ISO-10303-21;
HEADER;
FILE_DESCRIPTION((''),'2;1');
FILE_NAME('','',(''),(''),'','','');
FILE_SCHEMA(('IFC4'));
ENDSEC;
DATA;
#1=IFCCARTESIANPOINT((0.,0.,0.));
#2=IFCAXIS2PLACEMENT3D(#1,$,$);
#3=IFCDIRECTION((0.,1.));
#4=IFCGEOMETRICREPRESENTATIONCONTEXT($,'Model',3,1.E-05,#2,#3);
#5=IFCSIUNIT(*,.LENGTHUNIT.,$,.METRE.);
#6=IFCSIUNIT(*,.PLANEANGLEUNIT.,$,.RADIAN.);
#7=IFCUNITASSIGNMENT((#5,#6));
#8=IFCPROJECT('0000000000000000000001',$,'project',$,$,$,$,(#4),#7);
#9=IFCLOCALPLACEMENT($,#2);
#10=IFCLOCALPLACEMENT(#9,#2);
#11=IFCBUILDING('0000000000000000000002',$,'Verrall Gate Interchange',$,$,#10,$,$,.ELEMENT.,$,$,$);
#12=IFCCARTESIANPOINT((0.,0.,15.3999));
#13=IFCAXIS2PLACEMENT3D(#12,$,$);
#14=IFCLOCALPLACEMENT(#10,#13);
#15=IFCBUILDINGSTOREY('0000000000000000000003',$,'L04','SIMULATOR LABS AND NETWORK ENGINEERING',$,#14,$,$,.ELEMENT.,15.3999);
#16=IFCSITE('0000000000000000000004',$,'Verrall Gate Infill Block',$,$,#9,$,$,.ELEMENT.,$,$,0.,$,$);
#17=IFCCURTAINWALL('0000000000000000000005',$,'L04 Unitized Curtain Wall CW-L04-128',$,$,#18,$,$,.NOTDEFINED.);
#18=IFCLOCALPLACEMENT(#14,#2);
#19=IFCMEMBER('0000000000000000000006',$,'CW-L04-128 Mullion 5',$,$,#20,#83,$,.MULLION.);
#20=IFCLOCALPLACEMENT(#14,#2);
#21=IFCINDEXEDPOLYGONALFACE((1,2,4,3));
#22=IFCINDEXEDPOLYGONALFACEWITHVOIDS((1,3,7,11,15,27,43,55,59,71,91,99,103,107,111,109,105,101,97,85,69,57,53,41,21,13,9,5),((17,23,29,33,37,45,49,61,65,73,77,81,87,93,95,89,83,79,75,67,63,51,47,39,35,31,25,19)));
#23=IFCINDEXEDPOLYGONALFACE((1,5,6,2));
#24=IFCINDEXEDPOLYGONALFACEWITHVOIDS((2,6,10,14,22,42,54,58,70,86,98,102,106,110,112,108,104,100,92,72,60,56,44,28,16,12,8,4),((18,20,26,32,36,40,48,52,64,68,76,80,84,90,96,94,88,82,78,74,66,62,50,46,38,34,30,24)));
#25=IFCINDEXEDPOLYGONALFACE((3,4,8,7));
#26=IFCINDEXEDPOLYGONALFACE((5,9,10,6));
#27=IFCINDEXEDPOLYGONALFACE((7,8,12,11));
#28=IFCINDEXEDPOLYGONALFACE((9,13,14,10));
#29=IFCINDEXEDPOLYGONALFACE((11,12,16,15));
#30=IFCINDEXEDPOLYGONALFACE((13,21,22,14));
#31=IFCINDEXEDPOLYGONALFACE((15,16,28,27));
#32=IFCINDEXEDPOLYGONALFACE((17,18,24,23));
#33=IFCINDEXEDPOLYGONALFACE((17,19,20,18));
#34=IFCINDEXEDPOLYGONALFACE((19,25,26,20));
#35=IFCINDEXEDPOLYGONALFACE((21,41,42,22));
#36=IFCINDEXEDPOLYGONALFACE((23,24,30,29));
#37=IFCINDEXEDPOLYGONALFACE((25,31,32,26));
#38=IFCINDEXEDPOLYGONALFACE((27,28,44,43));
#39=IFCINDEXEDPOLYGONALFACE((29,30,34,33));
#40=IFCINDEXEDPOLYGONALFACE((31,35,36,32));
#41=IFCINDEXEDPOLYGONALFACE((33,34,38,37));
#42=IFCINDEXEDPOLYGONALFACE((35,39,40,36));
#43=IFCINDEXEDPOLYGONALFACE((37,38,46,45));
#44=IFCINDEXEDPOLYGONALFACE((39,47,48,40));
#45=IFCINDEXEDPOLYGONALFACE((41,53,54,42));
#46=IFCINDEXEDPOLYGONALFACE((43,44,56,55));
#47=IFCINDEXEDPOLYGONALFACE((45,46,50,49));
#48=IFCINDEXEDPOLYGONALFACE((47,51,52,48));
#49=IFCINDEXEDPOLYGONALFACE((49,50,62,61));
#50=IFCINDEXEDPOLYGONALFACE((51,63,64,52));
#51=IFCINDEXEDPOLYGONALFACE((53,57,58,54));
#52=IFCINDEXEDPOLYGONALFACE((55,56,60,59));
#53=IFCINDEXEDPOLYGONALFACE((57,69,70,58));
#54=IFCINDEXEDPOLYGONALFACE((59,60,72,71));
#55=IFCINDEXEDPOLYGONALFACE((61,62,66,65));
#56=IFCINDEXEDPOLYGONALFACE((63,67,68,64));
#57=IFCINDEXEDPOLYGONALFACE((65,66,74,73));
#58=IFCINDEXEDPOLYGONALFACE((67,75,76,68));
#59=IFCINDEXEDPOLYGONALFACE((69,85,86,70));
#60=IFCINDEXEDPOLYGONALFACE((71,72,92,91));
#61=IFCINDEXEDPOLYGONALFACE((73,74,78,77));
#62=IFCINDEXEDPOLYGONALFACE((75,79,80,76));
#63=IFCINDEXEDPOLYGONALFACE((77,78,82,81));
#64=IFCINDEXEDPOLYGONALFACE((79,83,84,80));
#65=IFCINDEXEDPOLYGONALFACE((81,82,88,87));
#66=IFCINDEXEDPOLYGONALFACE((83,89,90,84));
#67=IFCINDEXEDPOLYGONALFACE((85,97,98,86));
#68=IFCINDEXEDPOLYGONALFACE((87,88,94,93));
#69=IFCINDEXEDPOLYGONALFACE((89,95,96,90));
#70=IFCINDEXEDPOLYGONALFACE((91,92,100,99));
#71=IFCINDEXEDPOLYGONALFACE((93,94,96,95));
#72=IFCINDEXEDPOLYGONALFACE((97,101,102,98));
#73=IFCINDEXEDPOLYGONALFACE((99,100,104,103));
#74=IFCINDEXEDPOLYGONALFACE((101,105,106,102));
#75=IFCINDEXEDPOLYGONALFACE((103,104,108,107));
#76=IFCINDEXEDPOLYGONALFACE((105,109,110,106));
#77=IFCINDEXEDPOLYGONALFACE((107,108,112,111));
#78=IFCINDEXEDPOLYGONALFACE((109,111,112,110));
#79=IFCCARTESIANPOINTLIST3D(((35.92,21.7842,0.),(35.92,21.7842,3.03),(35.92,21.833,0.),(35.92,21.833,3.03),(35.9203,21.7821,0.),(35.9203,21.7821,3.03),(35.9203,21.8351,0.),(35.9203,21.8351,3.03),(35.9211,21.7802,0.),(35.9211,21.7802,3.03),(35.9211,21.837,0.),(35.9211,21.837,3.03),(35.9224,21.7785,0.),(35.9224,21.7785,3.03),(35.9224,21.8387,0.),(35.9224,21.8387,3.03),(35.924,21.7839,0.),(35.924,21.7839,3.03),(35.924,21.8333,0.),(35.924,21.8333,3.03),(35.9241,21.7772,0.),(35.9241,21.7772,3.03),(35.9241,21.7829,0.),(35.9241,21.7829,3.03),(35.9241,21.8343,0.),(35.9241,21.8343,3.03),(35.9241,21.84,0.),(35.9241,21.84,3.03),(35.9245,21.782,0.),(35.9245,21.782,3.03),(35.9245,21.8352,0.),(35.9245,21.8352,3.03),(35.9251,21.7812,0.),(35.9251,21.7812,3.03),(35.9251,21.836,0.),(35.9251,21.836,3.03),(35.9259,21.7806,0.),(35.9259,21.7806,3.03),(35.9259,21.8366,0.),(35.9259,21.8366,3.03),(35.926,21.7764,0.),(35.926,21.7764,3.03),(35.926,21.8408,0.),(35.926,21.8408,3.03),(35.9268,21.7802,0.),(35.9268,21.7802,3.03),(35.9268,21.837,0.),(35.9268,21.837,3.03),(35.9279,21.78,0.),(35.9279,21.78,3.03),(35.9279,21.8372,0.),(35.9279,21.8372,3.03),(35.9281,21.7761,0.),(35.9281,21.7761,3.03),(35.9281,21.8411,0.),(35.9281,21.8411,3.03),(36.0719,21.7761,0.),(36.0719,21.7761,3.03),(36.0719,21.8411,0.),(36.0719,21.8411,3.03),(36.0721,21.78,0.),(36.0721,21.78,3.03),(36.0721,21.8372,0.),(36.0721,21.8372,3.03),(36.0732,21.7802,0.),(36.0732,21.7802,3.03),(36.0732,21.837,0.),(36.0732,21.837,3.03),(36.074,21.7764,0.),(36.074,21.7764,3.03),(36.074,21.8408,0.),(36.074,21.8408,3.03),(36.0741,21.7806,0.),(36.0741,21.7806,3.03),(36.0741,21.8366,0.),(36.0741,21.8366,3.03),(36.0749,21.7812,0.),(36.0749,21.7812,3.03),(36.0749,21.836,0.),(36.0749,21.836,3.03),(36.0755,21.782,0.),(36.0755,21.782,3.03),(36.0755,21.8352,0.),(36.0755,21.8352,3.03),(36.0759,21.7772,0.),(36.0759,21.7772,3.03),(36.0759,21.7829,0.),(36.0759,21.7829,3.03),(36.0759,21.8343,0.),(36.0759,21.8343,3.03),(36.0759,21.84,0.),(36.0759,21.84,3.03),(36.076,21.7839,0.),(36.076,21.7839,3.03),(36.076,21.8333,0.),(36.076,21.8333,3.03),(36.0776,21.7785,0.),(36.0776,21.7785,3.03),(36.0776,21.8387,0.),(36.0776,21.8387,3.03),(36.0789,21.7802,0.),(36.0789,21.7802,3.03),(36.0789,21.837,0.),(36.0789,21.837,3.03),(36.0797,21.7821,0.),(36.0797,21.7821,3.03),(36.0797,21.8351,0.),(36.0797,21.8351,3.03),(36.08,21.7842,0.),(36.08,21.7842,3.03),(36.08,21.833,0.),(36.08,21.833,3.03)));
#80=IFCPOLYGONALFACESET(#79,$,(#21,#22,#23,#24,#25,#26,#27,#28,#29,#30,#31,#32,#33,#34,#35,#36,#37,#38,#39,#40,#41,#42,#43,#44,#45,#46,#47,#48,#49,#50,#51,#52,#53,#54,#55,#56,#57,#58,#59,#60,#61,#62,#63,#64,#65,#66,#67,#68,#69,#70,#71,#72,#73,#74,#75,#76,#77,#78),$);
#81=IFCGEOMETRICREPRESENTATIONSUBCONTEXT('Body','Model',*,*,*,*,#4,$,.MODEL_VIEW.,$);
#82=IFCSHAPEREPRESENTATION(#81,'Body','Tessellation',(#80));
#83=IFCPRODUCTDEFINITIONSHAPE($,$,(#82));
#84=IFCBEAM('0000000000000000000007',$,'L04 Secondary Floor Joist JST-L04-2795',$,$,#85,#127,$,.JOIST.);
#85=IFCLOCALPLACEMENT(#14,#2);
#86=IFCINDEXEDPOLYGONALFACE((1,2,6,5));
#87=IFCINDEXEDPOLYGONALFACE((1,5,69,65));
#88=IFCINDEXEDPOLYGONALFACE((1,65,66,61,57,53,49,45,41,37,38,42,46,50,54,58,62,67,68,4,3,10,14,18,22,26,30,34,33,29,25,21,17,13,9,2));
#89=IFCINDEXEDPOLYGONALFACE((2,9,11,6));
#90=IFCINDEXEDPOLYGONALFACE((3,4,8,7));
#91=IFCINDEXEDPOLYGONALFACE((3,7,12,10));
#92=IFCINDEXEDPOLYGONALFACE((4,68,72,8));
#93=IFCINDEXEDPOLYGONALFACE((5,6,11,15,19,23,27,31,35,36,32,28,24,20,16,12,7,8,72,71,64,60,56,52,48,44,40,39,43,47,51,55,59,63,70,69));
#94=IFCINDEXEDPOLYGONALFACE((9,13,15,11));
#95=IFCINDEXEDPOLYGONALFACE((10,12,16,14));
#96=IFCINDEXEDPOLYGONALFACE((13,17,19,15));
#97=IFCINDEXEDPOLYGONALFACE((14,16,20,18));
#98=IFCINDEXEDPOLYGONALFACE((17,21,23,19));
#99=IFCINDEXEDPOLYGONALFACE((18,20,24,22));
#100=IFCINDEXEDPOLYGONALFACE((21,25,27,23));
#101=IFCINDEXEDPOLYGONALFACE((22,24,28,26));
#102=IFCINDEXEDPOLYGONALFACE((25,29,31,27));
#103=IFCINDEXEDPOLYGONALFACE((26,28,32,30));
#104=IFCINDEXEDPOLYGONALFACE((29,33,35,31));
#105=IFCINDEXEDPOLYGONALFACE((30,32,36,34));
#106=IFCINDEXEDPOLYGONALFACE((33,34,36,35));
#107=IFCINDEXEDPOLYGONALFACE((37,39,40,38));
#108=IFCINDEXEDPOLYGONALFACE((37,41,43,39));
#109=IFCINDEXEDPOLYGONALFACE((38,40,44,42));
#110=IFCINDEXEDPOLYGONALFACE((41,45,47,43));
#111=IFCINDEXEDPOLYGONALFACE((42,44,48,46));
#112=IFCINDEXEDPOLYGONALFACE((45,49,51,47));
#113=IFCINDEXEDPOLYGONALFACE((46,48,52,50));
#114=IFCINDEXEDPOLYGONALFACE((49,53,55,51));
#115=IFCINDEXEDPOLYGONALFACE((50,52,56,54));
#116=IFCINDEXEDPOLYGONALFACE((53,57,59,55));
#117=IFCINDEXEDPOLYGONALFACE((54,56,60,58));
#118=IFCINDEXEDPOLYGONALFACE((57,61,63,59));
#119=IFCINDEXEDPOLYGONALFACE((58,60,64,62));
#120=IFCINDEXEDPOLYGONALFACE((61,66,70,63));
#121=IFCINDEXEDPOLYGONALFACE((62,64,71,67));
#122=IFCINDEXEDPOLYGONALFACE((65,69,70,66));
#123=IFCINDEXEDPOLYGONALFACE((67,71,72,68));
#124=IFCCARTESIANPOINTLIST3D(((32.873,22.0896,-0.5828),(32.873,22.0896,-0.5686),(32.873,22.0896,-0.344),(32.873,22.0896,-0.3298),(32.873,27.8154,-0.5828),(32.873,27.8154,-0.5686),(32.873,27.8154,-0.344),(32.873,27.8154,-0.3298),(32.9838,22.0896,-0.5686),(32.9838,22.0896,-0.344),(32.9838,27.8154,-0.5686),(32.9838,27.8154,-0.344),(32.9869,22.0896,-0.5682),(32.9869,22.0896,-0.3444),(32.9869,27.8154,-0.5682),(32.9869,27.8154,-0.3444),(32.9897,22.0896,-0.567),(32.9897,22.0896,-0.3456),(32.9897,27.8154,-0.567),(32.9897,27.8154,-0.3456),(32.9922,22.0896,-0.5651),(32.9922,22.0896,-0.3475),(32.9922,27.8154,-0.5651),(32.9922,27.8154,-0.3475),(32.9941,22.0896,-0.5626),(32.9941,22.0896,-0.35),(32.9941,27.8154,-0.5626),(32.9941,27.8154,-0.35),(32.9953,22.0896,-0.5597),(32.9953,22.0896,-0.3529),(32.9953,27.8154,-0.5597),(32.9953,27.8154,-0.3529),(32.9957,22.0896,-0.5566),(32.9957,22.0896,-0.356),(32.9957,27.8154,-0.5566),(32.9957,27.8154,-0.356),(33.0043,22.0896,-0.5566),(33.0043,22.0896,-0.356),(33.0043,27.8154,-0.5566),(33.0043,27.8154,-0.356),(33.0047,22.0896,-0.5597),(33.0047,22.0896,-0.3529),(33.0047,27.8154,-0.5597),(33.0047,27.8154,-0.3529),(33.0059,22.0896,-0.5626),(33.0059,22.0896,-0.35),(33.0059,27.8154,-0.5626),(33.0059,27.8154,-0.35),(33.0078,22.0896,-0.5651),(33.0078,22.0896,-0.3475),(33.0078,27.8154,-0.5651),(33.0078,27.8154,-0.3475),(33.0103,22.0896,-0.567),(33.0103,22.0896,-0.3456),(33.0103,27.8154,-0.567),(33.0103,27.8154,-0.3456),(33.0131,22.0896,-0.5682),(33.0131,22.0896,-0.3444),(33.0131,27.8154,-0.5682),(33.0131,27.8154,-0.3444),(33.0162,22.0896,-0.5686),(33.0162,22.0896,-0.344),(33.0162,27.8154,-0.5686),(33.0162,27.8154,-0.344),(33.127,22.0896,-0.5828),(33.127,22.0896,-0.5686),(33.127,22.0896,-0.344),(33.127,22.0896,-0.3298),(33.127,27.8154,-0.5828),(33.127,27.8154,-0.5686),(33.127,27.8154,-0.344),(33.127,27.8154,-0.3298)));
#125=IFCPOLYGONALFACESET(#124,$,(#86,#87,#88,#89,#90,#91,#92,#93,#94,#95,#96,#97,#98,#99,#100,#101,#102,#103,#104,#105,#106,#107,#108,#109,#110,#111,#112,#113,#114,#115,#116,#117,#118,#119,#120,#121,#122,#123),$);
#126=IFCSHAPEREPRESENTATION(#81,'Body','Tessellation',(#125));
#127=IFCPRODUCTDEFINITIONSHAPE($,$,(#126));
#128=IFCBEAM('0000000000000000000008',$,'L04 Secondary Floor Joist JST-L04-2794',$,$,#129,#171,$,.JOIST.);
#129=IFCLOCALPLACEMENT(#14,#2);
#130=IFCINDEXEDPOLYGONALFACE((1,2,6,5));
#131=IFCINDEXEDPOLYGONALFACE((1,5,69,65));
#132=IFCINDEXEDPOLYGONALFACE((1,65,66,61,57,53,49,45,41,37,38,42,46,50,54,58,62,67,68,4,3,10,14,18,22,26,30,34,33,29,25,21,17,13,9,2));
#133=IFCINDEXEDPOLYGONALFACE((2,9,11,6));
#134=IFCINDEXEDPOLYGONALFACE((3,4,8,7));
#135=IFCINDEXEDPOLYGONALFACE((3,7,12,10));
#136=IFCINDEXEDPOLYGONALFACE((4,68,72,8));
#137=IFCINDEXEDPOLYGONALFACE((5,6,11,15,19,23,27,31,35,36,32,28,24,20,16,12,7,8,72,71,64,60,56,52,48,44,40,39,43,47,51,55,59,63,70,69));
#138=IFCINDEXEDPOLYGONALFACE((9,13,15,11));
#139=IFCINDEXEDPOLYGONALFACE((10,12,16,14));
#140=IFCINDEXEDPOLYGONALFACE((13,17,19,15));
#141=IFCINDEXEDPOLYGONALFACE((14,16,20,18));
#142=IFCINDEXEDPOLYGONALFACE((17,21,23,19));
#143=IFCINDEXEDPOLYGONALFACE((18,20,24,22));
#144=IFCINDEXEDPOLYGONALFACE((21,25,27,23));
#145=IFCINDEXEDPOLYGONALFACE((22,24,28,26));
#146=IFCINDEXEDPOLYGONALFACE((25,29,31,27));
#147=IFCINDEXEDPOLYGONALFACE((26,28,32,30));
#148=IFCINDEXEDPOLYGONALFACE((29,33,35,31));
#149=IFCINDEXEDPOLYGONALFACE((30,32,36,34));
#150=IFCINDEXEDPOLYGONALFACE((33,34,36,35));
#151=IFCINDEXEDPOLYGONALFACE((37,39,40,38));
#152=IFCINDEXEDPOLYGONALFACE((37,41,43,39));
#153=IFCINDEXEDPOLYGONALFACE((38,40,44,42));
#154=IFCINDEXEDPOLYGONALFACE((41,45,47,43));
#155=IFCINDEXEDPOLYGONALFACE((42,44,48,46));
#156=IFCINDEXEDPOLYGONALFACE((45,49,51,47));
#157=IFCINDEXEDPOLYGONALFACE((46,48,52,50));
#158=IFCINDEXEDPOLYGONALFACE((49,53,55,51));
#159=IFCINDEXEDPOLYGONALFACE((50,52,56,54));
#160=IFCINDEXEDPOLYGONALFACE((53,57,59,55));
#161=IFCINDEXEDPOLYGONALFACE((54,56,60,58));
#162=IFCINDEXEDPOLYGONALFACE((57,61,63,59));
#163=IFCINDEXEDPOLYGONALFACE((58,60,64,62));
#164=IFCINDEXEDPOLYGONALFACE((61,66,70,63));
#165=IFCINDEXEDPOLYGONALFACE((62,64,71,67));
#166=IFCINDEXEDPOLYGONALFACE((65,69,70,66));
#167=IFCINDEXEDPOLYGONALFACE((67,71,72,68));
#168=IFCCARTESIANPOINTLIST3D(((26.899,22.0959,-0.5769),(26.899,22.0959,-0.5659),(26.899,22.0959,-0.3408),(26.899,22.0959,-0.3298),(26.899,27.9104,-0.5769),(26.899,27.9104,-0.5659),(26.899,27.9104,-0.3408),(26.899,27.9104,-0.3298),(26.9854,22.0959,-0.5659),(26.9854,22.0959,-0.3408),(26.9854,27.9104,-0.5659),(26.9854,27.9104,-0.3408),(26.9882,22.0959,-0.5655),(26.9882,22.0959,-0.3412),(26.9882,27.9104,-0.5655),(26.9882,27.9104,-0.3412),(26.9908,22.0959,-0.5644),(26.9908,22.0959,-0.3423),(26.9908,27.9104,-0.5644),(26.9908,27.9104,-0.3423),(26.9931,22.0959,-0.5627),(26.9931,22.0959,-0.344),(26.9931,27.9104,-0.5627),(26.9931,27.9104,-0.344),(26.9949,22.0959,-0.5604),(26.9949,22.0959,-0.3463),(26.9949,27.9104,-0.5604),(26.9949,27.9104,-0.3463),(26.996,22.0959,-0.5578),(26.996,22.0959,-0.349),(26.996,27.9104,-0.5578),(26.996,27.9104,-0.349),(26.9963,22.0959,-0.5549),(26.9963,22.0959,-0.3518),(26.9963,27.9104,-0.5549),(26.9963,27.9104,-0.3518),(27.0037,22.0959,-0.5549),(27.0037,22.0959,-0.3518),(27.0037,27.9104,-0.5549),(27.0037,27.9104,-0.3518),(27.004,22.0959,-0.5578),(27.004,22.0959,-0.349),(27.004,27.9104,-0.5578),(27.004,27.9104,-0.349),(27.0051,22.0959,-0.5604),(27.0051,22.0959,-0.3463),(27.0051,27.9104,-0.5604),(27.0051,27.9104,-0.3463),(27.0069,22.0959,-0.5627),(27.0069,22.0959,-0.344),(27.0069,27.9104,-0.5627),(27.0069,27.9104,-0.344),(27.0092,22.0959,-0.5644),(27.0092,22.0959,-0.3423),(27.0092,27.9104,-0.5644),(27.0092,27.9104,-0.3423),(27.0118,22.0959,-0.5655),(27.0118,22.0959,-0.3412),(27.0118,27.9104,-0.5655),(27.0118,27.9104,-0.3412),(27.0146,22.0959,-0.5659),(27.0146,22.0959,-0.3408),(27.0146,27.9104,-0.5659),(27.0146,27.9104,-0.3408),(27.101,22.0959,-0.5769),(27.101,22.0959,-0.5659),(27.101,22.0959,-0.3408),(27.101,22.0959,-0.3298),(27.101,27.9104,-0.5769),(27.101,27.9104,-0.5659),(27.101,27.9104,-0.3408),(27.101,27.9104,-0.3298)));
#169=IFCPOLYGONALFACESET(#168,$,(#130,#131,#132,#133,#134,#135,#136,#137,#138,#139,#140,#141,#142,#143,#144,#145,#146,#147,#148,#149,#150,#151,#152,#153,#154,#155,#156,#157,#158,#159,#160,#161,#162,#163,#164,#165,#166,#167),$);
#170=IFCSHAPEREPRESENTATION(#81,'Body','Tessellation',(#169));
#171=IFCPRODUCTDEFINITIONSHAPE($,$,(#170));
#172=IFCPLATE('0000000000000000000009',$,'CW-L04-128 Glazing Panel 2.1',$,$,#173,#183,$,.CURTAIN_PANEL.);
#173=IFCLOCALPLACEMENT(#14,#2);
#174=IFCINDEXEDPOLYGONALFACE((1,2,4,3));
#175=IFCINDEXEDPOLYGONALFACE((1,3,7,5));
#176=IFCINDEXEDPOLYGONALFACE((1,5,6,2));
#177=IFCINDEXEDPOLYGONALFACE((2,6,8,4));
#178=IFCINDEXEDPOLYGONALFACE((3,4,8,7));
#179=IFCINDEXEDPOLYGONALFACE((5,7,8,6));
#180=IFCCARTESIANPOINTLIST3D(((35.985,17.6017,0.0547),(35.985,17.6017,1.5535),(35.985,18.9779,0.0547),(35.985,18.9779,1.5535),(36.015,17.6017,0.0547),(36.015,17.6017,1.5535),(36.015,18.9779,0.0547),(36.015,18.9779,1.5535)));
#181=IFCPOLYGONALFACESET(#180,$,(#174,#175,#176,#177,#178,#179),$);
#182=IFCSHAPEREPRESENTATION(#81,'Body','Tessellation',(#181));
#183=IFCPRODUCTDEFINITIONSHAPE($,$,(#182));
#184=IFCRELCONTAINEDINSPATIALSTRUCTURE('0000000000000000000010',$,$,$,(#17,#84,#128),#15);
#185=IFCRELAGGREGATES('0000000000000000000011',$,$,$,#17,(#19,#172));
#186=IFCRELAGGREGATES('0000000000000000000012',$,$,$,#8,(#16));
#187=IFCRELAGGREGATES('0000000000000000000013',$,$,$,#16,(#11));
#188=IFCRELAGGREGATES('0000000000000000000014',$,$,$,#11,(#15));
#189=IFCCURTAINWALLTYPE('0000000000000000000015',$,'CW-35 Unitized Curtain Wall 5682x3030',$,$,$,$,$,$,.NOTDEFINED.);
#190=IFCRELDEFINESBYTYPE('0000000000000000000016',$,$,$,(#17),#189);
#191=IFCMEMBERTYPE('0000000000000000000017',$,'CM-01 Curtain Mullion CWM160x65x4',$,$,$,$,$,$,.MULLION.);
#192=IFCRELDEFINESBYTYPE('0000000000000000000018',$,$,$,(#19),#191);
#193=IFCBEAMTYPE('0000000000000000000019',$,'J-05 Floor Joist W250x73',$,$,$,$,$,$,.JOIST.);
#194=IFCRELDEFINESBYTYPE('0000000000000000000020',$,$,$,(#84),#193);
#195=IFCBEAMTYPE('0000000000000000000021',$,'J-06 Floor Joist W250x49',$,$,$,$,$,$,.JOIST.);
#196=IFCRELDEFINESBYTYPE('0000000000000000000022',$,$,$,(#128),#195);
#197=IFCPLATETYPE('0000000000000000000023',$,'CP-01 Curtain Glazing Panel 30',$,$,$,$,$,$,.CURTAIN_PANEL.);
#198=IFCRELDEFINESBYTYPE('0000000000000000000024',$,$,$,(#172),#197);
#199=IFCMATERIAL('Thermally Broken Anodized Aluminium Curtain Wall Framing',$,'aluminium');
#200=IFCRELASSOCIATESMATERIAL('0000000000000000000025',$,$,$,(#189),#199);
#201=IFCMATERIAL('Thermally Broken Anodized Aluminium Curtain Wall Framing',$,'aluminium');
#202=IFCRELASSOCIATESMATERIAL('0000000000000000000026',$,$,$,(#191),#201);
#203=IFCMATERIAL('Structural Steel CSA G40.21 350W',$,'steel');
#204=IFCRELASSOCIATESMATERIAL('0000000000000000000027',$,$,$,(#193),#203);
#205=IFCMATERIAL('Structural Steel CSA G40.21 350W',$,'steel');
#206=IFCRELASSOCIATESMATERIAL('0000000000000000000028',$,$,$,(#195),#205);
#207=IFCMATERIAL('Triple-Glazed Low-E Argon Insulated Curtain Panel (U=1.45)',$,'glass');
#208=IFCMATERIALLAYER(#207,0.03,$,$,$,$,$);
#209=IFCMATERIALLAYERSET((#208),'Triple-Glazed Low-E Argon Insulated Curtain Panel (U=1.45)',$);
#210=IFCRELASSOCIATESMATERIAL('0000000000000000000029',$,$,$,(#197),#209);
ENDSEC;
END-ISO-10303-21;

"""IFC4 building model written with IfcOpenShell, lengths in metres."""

from ifc_helpers import new_model, si_unit, direction, frame, origin, origin_2d, place, context, subcontext, project, spatial, rectangle, hollow_rectangle, i_section, extrude, material, layer, layer_set, material_profile, profile_set, type_object, element, aggregate, save


model = new_model("IFC4")

# Units and contexts
model_context = context("Model", 3, precision=1e-05, world=origin(), true_north=direction((0.0, 1.0)))
body_context = subcontext(model_context, "Body", "Model", "MODEL_VIEW")
ifc_project = project(units=[si_unit("LENGTHUNIT", "METRE"), si_unit("PLANEANGLEUNIT", "RADIAN")], contexts=[model_context])

# Site, building, storey
site_placement = place(None, origin())
site = spatial("IfcSite", under=ifc_project, at=site_placement, Name="Verrall Gate Infill Block", CompositionType="ELEMENT", RefElevation=0.0)
building_placement = place(site_placement, origin())
building = spatial("IfcBuilding", under=site, at=building_placement, Name="Verrall Gate Interchange", CompositionType="ELEMENT")
storey_placement = place(building_placement, frame((0.0, 0.0, 15.3999)))
storey = spatial("IfcBuildingStorey", under=building, at=storey_placement, Name="L04", Description="SIMULATOR LABS AND NETWORK ENGINEERING", CompositionType="ELEMENT", Elevation=15.3999)

# Curtain wall, member
ifc_material_1 = material(Name="Thermally Broken Anodized Aluminium Curtain Wall Framing", Category="aluminium")
curtain_wall_type = type_object("IfcCurtainWallType", Name="CW-35 Unitized Curtain Wall 5682x3030", PredefinedType="NOTDEFINED", material=ifc_material_1)
curtain_wall_placement = place(storey_placement, origin())
curtain_wall = element("IfcCurtainWall", 1, at=curtain_wall_placement, inside=storey, type_object=curtain_wall_type, Name="L04 Unitized Curtain Wall CW-L04-128", PredefinedType="NOTDEFINED")
ifc_material_2 = material(Name="Thermally Broken Anodized Aluminium Curtain Wall Framing", Category="aluminium")
ifc_material_profile_1 = material_profile(ifc_material_2, hollow_rectangle(XDim=0.0649, YDim=0.1599, WallThickness=0.0039, InnerFilletRadius=0.0039, OuterFilletRadius=0.0081, at=origin_2d()), Name="CWM160x65x4")
ifc_profile_set_1 = profile_set([ifc_material_profile_1], Name="Thermally Broken Anodized Aluminium Curtain Wall Framing")
member_type = type_object("IfcMemberType", Name="CM-01 Curtain Mullion CWM160x65x4", PredefinedType="MULLION", material=ifc_profile_set_1)
member_1_placement = place(storey_placement, frame((36.0, 21.8086, 0.0), z_axis=(0.0, 0.0, 1.0), x_axis=(0.0, 1.0, 0.0)))
member_1 = element("IfcMember", 2, at=member_1_placement, type_object=member_type, Name="CW-L04-128 Mullion 5", PredefinedType="MULLION", context=body_context, shape_type="SweptSolid", body=[
    extrude(hollow_rectangle(XDim=0.0649, YDim=0.1599, WallThickness=0.0039, InnerFilletRadius=0.0039, OuterFilletRadius=0.0081, at=origin_2d()), origin(), (0.0, 0.0, 1.0), 3.03),
])

# Beams
ifc_material_3 = material(Name="Structural Steel CSA G40.21 350W", Category="steel")
ifc_material_profile_2 = material_profile(ifc_material_3, i_section(OverallWidth=0.2539, OverallDepth=0.2529, WebThickness=0.0085, FlangeThickness=0.0142, FilletRadius=0.012, at=origin_2d()), Name="W250x73")
ifc_profile_set_2 = profile_set([ifc_material_profile_2], Name="Structural Steel CSA G40.21 350W")
beam_type_1 = type_object("IfcBeamType", Name="J-05 Floor Joist W250x73", PredefinedType="JOIST", material=ifc_profile_set_2)
beam_1_placement = place(storey_placement, frame((33.0, 22.0896, -0.4563), z_axis=(0.0, 1.0, 0.0), x_axis=(-1.0, 0.0, 0.0)))
element("IfcBeam", 3, at=beam_1_placement, inside=storey, type_object=beam_type_1, Name="L04 Secondary Floor Joist JST-L04-2795", PredefinedType="JOIST", context=body_context, shape_type="SweptSolid", body=[
    extrude(i_section(OverallWidth=0.2539, OverallDepth=0.2529, WebThickness=0.0085, FlangeThickness=0.0142, FilletRadius=0.012, at=origin_2d()), origin(), (0.0, 0.0, 1.0), 5.7258),
])
ifc_material_4 = material(Name="Structural Steel CSA G40.21 350W", Category="steel")
ifc_material_profile_3 = material_profile(ifc_material_4, i_section(OverallWidth=0.2019, OverallDepth=0.2471, WebThickness=0.0073, FlangeThickness=0.011, FilletRadius=0.011, at=origin_2d()), Name="W250x49")
ifc_profile_set_3 = profile_set([ifc_material_profile_3], Name="Structural Steel CSA G40.21 350W")
beam_type_2 = type_object("IfcBeamType", Name="J-06 Floor Joist W250x49", PredefinedType="JOIST", material=ifc_profile_set_3)
beam_2_placement = place(storey_placement, frame((27.0, 22.0959, -0.4534), z_axis=(0.0, 1.0, 0.0), x_axis=(-1.0, 0.0, 0.0)))
element("IfcBeam", 4, at=beam_2_placement, inside=storey, type_object=beam_type_2, Name="L04 Secondary Floor Joist JST-L04-2794", PredefinedType="JOIST", context=body_context, shape_type="SweptSolid", body=[
    extrude(i_section(OverallWidth=0.2019, OverallDepth=0.2471, WebThickness=0.0073, FlangeThickness=0.011, FilletRadius=0.011, at=origin_2d()), origin(), (0.0, 0.0, 1.0), 5.8145),
])

# Plate
ifc_material_5 = material(Name="Triple-Glazed Low-E Argon Insulated Curtain Panel (U=1.45)", Category="glass")
ifc_layer_1 = layer(ifc_material_5, 0.03)
ifc_layer_set_1 = layer_set([ifc_layer_1], Name="Triple-Glazed Low-E Argon Insulated Curtain Panel (U=1.45)")
plate_type = type_object("IfcPlateType", Name="CP-01 Curtain Glazing Panel 30", PredefinedType="CURTAIN_PANEL", material=ifc_layer_set_1)
plate_1_placement = place(storey_placement, frame((36.0, 18.2898, 0.0547), z_axis=(0.0, 0.0, 1.0), x_axis=(0.0, 1.0, 0.0)))
plate_1 = element("IfcPlate", 5, at=plate_1_placement, type_object=plate_type, Name="CW-L04-128 Glazing Panel 2.1", PredefinedType="CURTAIN_PANEL", context=body_context, shape_type="SweptSolid", body=[
    extrude(rectangle(XDim=1.3762, YDim=0.03, at=origin_2d()), origin(), (0.0, 0.0, 1.0), 1.4988),
])
aggregate(curtain_wall, [member_1, plate_1])

save(model, "model.ifc")
